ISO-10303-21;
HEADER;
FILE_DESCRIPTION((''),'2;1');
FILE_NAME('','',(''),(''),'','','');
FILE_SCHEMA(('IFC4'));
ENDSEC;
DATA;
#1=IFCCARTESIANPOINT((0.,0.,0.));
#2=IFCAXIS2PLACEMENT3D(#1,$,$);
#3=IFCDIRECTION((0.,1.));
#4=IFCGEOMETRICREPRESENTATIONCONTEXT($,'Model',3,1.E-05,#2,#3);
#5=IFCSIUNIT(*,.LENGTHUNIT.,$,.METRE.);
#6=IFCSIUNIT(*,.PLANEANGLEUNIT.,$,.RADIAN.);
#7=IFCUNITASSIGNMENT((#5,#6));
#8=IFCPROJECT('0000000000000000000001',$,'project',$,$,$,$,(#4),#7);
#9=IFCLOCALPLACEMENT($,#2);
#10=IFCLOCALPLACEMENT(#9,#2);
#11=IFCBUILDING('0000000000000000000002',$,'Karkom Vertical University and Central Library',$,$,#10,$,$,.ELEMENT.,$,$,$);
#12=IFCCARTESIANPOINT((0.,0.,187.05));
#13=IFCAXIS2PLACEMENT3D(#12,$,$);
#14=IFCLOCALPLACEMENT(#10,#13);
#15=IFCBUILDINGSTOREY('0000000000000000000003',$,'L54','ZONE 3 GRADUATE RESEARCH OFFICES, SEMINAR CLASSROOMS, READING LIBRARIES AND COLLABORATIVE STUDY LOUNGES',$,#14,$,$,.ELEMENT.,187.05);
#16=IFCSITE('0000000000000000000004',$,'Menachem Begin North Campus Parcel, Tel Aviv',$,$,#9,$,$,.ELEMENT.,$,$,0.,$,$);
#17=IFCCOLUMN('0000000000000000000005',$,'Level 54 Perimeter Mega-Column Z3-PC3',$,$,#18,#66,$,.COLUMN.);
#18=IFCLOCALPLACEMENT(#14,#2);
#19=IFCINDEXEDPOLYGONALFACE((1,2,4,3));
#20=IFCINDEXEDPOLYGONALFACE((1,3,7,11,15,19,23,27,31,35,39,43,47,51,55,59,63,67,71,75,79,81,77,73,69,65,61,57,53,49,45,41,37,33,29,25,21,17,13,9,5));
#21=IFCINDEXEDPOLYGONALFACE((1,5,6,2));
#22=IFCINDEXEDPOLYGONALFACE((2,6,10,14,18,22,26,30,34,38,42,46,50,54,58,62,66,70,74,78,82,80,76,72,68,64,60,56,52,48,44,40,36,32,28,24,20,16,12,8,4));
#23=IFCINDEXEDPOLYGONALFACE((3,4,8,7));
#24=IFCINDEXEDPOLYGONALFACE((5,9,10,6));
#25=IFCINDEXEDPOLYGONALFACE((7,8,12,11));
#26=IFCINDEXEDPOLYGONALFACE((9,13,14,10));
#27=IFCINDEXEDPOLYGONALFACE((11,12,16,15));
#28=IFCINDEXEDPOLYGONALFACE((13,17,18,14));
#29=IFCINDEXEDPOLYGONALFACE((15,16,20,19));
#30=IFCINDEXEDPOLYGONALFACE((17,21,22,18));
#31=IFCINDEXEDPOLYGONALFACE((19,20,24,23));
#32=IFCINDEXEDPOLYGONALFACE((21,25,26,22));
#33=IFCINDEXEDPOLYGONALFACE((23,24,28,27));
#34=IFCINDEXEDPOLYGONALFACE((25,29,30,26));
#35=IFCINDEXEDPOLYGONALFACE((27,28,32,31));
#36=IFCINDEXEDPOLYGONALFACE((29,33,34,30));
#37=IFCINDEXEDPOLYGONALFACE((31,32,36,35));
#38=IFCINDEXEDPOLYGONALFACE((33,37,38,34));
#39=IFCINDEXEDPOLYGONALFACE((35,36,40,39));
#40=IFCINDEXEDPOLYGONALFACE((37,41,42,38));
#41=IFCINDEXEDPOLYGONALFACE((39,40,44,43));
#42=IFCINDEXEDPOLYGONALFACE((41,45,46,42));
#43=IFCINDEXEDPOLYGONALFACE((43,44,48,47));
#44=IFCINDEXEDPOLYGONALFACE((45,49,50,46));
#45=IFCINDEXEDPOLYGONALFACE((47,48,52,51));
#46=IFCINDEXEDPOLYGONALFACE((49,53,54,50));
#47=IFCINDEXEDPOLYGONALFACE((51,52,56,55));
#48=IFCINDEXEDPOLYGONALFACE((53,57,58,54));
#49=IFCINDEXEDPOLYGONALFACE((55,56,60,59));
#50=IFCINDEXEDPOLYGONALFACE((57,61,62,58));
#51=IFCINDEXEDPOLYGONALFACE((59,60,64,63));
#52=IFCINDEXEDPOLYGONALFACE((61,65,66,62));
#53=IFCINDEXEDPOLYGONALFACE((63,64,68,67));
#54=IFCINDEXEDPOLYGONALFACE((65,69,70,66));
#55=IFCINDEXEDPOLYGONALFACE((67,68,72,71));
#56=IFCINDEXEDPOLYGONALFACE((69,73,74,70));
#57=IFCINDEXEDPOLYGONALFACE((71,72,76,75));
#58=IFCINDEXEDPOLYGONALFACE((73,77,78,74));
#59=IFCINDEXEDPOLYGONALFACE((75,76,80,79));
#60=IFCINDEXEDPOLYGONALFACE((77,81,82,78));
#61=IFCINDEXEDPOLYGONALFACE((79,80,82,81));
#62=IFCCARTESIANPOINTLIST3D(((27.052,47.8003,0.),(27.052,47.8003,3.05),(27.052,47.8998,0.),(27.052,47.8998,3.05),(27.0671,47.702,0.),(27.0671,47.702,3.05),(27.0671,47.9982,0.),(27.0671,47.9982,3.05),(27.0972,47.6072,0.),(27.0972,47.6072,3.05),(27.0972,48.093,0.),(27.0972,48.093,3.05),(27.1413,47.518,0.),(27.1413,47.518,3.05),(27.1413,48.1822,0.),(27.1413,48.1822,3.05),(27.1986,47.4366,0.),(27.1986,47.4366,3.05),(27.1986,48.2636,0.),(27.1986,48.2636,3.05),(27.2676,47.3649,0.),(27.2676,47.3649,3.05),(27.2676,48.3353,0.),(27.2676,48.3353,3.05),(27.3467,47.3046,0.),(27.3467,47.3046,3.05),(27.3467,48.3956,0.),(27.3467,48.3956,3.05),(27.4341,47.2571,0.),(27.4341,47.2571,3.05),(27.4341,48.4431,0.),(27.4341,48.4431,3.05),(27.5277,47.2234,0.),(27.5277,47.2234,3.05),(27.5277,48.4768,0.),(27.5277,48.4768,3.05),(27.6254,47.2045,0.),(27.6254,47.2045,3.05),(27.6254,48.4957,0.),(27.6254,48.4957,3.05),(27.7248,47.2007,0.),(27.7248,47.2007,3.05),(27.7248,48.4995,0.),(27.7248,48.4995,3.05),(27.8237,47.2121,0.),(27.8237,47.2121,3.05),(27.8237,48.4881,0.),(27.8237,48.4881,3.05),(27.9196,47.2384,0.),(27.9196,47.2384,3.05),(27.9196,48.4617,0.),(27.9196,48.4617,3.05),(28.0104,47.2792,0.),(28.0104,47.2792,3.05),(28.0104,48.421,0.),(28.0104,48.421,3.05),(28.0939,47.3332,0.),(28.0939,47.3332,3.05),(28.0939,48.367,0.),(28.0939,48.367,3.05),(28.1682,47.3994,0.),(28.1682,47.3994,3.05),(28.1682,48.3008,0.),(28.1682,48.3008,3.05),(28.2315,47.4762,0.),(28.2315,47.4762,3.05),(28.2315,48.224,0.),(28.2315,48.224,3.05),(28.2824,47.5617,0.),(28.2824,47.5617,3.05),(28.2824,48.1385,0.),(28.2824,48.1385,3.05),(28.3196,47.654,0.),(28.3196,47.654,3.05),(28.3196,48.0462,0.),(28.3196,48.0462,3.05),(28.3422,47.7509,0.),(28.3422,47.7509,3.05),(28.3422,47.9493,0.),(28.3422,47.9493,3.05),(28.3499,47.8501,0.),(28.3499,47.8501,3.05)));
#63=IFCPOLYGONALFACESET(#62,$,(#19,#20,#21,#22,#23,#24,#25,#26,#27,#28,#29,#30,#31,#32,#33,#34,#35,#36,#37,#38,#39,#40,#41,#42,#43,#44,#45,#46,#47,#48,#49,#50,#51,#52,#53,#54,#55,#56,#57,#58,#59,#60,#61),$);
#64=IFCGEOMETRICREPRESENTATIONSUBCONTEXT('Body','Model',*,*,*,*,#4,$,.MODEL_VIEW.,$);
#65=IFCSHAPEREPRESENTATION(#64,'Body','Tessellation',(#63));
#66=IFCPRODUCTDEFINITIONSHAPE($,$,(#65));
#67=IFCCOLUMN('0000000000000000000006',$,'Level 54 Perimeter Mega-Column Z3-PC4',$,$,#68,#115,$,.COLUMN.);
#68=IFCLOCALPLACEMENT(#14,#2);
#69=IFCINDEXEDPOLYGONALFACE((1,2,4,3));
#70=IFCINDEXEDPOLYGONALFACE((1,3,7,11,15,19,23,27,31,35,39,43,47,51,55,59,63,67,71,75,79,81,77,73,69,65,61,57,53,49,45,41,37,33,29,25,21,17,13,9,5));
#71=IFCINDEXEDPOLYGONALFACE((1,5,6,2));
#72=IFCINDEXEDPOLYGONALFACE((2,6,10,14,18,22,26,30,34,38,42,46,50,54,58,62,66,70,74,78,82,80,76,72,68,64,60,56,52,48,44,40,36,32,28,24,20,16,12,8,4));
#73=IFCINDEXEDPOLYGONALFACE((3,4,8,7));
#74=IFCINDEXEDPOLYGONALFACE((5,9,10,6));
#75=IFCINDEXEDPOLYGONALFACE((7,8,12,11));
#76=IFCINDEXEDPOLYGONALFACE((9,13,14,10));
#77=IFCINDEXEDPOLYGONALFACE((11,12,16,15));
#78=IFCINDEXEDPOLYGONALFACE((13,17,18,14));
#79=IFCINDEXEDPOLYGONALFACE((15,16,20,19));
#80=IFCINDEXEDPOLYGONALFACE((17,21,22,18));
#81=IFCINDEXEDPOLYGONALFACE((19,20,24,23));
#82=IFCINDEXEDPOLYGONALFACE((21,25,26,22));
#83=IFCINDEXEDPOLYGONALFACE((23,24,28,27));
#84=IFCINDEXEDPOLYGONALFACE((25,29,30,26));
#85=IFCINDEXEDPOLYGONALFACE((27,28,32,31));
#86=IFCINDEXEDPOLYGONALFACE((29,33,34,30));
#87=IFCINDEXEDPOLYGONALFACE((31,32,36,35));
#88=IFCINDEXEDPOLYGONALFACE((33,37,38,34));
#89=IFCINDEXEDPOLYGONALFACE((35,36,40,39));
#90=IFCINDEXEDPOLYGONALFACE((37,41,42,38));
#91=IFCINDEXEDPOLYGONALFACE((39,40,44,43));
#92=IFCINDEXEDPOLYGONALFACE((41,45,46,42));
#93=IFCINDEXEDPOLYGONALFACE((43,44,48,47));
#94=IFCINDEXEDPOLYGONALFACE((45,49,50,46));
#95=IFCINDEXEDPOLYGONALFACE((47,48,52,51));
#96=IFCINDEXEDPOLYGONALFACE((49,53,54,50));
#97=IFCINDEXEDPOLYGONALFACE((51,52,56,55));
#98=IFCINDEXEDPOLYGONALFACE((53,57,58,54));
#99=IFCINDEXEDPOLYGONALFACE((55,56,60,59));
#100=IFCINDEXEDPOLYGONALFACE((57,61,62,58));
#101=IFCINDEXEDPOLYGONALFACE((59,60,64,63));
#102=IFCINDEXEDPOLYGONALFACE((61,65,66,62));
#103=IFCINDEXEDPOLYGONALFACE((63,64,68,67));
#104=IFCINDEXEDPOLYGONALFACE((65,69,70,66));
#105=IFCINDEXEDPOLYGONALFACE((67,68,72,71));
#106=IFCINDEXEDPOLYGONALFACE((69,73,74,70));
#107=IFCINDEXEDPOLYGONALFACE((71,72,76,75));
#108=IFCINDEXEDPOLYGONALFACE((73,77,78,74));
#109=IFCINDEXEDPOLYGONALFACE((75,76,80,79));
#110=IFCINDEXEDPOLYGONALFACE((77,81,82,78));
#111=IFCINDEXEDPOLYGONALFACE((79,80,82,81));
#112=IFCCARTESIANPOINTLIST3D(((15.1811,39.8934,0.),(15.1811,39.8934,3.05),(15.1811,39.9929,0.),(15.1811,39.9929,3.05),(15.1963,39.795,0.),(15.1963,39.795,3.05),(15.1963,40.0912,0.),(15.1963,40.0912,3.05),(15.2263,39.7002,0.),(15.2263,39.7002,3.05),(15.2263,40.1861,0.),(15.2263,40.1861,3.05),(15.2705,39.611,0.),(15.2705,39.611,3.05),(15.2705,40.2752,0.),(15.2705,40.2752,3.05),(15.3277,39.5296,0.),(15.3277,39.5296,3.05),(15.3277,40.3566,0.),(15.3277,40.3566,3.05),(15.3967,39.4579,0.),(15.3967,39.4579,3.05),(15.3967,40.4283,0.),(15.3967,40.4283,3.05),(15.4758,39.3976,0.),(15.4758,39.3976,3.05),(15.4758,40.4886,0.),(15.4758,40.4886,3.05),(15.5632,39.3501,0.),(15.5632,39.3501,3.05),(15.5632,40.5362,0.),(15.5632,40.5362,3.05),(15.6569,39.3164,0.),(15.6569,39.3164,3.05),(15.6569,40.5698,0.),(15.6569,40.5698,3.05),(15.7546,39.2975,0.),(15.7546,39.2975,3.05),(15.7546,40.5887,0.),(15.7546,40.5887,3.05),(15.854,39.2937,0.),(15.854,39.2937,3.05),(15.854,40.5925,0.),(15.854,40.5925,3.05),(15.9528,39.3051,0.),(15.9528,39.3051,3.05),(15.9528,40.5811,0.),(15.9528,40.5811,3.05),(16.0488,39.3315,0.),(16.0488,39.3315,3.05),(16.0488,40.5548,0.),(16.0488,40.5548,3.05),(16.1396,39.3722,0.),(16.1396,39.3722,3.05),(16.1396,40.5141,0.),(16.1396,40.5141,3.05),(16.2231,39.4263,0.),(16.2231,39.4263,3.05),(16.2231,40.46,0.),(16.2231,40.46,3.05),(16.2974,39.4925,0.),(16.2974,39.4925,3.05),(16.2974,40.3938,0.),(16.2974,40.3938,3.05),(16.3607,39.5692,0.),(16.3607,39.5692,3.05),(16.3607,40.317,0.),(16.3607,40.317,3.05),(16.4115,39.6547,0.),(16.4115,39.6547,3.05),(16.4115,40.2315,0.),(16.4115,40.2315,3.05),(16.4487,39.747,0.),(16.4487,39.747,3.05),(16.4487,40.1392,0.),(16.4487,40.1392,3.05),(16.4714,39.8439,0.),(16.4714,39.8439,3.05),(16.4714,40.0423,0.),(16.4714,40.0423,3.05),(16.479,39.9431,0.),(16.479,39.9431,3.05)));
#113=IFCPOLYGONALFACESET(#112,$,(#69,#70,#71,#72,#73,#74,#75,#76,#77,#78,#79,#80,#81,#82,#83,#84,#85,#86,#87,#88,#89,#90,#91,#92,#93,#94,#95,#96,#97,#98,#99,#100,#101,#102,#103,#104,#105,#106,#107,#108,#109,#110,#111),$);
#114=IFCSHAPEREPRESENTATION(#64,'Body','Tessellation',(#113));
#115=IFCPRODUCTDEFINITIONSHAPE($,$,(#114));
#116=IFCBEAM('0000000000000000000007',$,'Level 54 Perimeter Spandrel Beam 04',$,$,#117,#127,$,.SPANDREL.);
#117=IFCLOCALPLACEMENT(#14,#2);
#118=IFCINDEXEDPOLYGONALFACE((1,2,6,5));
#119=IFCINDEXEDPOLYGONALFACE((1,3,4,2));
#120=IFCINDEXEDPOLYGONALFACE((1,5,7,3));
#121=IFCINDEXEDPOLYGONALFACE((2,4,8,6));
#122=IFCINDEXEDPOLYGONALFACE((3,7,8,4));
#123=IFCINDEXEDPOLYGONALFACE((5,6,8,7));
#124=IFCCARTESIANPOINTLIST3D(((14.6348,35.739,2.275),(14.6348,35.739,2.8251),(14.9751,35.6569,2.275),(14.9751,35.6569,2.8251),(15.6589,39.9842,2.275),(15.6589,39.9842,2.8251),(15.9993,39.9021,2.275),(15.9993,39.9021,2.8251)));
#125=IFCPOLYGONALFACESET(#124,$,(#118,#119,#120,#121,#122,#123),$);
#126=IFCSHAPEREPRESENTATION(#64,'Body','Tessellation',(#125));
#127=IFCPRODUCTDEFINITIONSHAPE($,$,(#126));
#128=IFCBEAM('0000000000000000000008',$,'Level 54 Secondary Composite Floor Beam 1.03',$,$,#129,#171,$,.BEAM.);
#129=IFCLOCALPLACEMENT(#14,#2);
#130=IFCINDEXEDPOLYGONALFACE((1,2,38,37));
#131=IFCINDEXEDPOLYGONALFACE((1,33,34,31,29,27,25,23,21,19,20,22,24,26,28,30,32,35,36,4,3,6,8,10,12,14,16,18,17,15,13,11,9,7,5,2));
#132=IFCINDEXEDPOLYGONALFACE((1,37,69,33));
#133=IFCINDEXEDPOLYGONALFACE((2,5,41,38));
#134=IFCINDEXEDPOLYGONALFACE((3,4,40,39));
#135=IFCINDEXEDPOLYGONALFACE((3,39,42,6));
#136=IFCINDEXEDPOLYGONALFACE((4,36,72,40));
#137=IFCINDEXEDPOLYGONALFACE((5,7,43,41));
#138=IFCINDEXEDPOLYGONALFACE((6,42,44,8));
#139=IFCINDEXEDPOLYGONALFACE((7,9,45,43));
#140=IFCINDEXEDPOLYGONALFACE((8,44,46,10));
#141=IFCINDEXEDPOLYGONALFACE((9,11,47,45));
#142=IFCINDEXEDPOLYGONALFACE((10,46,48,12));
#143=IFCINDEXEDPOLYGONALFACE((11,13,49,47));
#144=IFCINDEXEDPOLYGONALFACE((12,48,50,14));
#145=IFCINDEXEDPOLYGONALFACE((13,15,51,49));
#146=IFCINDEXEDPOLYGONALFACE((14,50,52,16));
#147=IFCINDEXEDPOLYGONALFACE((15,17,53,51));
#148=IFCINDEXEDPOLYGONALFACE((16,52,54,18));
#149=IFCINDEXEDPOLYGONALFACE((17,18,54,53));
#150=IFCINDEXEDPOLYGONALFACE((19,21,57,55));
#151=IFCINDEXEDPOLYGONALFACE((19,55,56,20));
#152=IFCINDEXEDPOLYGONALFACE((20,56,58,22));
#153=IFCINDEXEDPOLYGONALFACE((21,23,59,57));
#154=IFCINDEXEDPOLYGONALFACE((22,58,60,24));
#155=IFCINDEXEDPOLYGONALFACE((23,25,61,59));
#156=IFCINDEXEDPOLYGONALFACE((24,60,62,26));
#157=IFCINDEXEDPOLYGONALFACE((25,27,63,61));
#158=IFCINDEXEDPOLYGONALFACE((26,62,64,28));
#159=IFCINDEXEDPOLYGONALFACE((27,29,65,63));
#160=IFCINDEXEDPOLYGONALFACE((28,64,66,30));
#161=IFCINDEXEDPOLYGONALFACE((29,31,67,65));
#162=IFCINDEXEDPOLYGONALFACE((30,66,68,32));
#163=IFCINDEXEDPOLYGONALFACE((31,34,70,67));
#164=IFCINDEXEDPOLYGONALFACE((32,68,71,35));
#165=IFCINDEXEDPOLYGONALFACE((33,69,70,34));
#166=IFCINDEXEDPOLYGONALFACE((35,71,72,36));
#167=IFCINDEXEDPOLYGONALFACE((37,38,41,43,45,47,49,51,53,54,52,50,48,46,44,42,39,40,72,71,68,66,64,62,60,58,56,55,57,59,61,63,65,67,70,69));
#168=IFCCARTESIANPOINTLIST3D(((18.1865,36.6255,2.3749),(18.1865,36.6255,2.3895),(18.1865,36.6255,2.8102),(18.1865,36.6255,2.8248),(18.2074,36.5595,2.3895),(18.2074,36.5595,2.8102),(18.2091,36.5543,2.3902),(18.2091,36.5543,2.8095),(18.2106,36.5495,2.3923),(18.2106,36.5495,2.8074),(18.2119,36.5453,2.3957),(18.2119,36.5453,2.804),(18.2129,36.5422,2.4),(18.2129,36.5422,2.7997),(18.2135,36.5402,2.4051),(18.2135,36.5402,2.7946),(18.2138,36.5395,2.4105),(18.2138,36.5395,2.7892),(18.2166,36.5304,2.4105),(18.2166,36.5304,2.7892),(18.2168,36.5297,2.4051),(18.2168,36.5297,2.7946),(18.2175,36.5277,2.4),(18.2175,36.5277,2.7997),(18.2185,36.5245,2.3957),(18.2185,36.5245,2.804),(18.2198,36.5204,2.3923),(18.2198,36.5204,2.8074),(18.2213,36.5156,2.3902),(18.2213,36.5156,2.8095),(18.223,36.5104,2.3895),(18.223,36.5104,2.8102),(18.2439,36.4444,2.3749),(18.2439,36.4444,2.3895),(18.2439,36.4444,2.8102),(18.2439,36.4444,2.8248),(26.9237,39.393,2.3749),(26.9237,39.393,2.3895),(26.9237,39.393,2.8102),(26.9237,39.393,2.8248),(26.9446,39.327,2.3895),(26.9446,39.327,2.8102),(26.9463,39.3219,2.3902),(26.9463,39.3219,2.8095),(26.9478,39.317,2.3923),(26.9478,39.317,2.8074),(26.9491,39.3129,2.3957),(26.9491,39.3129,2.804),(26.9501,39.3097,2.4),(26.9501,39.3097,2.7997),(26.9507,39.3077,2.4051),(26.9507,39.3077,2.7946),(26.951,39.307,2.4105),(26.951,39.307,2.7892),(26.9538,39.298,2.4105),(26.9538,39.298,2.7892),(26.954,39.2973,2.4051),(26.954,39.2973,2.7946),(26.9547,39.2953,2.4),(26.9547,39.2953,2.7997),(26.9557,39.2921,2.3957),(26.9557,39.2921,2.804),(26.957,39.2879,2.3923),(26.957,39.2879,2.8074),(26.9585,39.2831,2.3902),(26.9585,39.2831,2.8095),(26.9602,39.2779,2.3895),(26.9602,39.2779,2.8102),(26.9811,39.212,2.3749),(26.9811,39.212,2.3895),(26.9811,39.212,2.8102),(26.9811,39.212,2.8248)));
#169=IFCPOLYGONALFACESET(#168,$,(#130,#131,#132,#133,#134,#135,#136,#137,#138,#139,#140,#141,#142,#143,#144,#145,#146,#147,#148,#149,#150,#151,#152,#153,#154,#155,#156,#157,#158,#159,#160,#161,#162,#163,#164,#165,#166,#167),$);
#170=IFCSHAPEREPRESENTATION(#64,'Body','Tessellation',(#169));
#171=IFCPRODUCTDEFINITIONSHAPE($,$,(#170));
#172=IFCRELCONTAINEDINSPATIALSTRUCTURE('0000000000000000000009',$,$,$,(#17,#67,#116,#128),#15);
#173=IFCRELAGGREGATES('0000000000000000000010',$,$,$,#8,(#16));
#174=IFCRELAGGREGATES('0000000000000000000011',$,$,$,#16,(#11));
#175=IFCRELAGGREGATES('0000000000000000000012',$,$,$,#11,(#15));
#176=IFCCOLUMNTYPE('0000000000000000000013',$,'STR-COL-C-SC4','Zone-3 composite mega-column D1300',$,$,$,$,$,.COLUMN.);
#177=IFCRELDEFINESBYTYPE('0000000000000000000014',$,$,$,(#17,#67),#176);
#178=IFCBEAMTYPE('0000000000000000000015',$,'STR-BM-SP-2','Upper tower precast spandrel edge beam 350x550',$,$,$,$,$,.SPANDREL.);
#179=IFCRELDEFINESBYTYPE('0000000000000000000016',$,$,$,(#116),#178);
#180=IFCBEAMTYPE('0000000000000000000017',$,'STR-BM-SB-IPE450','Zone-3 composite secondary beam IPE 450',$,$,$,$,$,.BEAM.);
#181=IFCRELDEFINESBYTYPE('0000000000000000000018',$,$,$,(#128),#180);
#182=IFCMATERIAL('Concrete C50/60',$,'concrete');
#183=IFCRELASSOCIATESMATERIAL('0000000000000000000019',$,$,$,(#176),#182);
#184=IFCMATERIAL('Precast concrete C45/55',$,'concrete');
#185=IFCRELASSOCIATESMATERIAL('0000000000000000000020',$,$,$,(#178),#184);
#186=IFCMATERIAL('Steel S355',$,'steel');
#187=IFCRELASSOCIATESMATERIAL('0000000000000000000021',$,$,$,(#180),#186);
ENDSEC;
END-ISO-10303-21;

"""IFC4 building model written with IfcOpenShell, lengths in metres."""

from ifc_helpers import new_model, si_unit, direction, frame, origin, origin_with_axes, origin_2d, place, context, subcontext, project, spatial, rectangle, circle, i_section, extrude, source, transform, mapped, material, material_profile, profile_set, type_object, element, save


model = new_model("IFC4")

# Units and contexts
model_context = context("Model", 3, precision=1e-05, world=origin(), true_north=direction((0.0, 1.0)))
body_context = subcontext(model_context, "Body", "Model", "MODEL_VIEW")
ifc_project = project(units=[si_unit("LENGTHUNIT", "METRE"), si_unit("PLANEANGLEUNIT", "RADIAN")], contexts=[model_context])

# Site, building, storey
site_placement = place(None, origin())
site = spatial("IfcSite", under=ifc_project, at=site_placement, Name="Menachem Begin North Campus Parcel, Tel Aviv", CompositionType="ELEMENT", RefElevation=0.0)
building_placement = place(site_placement, origin())
building = spatial("IfcBuilding", under=site, at=building_placement, Name="Karkom Vertical University and Central Library", CompositionType="ELEMENT")
storey_placement = place(building_placement, frame((0.0, 0.0, 187.05)))
storey = spatial("IfcBuildingStorey", under=building, at=storey_placement, Name="L54", Description="ZONE 3 GRADUATE RESEARCH OFFICES, SEMINAR CLASSROOMS, READING LIBRARIES AND COLLABORATIVE STUDY LOUNGES", CompositionType="ELEMENT", Elevation=187.05)

# Columns
ifc_material_1 = material(Name="Concrete C50/60", Category="concrete")
ifc_material_profile_1 = material_profile(ifc_material_1, circle(Radius=0.6499, at=origin_2d()), Name="CFT-D1300")
ifc_profile_set_1 = profile_set([ifc_material_profile_1], Name="Concrete C50/60")
column_type = type_object("IfcColumnType", Name="STR-COL-C-SC4", Description="Zone-3 composite mega-column D1300", PredefinedType="COLUMN", material=ifc_profile_set_1)
shared_shape_1 = source(origin_with_axes(), body_context, "Body", "SweptSolid", [
    extrude(circle(Radius=0.6499, at=origin_2d()), origin(), (0.0, 0.0, 1.0), 3.05),
])
for number, where, z_axis, x_axis, name in (
    (1, (27.7, 47.8501, 0.0), (0.0, 0.0, 1.0), (1.0, 0.0, 0.0), "Level 54 Perimeter Mega-Column Z3-PC3"),
    (2, (15.8291, 39.9431, 0.0), (0.0, 0.0, 1.0), (1.0, 0.0, 0.0), "Level 54 Perimeter Mega-Column Z3-PC4"),
):
    element("IfcColumn", number, at=place(storey_placement, frame(where, z_axis=z_axis, x_axis=x_axis)), inside=storey, type_object=column_type, Name=name, PredefinedType="COLUMN", context=body_context, shape_type="MappedRepresentation", body=[
        mapped(shared_shape_1, transform((0.0, 0.0, 0.0), scale=1.0)),
    ])

# Beams
ifc_material_2 = material(Name="Precast concrete C45/55", Category="concrete")
ifc_material_profile_2 = material_profile(ifc_material_2, rectangle(XDim=0.3501, YDim=0.55, at=origin_2d()), Name="SPB-350x550")
ifc_profile_set_2 = profile_set([ifc_material_profile_2], Name="Precast concrete C45/55")
beam_type_1 = type_object("IfcBeamType", Name="STR-BM-SP-2", Description="Upper tower precast spandrel edge beam 350x550", PredefinedType="SPANDREL", material=ifc_profile_set_2)
shared_shape_2 = source(origin_with_axes(), body_context, "Body", "SweptSolid", [
    extrude(rectangle(XDim=0.3501, YDim=0.55, at=origin_2d()), origin(), (0.0, 0.0, 1.0), 4.3669),
])
beam_1_placement = place(storey_placement, frame((15.8291, 39.9431, 2.55), z_axis=(-0.234529, -0.972109, 0.0), x_axis=(0.972109, -0.234529, 0.0)))
element("IfcBeam", 3, at=beam_1_placement, inside=storey, type_object=beam_type_1, Name="Level 54 Perimeter Spandrel Beam 04", PredefinedType="SPANDREL", context=body_context, shape_type="MappedRepresentation", body=[
    mapped(shared_shape_2, transform((0.0, 0.0, 0.0), scale=1.0)),
])
ifc_material_3 = material(Name="Steel S355", Category="steel")
ifc_material_profile_3 = material_profile(ifc_material_3, i_section(OverallWidth=0.1899, OverallDepth=0.45, WebThickness=0.0095, FlangeThickness=0.0146, FilletRadius=0.021, at=origin_2d()), Name="IPE 450")
ifc_profile_set_3 = profile_set([ifc_material_profile_3], Name="Steel S355")
beam_type_2 = type_object("IfcBeamType", Name="STR-BM-SB-IPE450", Description="Zone-3 composite secondary beam IPE 450", PredefinedType="BEAM", material=ifc_profile_set_3)
shared_shape_3 = source(origin_with_axes(), body_context, "Body", "SweptSolid", [
    extrude(i_section(OverallWidth=0.1899, OverallDepth=0.45, WebThickness=0.0095, FlangeThickness=0.0146, FilletRadius=0.021, at=origin_2d()), origin(), (0.0, 0.0, 1.0), 9.165),
])
beam_2_placement = place(storey_placement, frame((26.9524, 39.3025, 2.5999), z_axis=(-0.953318, -0.301968, 0.0), x_axis=(0.301968, -0.953318, 0.0)))
element("IfcBeam", 4, at=beam_2_placement, inside=storey, type_object=beam_type_2, Name="Level 54 Secondary Composite Floor Beam 1.03", PredefinedType="BEAM", context=body_context, shape_type="MappedRepresentation", body=[
    mapped(shared_shape_3, transform((0.0, 0.0, 0.0), scale=1.0)),
])

save(model, "model.ifc")
